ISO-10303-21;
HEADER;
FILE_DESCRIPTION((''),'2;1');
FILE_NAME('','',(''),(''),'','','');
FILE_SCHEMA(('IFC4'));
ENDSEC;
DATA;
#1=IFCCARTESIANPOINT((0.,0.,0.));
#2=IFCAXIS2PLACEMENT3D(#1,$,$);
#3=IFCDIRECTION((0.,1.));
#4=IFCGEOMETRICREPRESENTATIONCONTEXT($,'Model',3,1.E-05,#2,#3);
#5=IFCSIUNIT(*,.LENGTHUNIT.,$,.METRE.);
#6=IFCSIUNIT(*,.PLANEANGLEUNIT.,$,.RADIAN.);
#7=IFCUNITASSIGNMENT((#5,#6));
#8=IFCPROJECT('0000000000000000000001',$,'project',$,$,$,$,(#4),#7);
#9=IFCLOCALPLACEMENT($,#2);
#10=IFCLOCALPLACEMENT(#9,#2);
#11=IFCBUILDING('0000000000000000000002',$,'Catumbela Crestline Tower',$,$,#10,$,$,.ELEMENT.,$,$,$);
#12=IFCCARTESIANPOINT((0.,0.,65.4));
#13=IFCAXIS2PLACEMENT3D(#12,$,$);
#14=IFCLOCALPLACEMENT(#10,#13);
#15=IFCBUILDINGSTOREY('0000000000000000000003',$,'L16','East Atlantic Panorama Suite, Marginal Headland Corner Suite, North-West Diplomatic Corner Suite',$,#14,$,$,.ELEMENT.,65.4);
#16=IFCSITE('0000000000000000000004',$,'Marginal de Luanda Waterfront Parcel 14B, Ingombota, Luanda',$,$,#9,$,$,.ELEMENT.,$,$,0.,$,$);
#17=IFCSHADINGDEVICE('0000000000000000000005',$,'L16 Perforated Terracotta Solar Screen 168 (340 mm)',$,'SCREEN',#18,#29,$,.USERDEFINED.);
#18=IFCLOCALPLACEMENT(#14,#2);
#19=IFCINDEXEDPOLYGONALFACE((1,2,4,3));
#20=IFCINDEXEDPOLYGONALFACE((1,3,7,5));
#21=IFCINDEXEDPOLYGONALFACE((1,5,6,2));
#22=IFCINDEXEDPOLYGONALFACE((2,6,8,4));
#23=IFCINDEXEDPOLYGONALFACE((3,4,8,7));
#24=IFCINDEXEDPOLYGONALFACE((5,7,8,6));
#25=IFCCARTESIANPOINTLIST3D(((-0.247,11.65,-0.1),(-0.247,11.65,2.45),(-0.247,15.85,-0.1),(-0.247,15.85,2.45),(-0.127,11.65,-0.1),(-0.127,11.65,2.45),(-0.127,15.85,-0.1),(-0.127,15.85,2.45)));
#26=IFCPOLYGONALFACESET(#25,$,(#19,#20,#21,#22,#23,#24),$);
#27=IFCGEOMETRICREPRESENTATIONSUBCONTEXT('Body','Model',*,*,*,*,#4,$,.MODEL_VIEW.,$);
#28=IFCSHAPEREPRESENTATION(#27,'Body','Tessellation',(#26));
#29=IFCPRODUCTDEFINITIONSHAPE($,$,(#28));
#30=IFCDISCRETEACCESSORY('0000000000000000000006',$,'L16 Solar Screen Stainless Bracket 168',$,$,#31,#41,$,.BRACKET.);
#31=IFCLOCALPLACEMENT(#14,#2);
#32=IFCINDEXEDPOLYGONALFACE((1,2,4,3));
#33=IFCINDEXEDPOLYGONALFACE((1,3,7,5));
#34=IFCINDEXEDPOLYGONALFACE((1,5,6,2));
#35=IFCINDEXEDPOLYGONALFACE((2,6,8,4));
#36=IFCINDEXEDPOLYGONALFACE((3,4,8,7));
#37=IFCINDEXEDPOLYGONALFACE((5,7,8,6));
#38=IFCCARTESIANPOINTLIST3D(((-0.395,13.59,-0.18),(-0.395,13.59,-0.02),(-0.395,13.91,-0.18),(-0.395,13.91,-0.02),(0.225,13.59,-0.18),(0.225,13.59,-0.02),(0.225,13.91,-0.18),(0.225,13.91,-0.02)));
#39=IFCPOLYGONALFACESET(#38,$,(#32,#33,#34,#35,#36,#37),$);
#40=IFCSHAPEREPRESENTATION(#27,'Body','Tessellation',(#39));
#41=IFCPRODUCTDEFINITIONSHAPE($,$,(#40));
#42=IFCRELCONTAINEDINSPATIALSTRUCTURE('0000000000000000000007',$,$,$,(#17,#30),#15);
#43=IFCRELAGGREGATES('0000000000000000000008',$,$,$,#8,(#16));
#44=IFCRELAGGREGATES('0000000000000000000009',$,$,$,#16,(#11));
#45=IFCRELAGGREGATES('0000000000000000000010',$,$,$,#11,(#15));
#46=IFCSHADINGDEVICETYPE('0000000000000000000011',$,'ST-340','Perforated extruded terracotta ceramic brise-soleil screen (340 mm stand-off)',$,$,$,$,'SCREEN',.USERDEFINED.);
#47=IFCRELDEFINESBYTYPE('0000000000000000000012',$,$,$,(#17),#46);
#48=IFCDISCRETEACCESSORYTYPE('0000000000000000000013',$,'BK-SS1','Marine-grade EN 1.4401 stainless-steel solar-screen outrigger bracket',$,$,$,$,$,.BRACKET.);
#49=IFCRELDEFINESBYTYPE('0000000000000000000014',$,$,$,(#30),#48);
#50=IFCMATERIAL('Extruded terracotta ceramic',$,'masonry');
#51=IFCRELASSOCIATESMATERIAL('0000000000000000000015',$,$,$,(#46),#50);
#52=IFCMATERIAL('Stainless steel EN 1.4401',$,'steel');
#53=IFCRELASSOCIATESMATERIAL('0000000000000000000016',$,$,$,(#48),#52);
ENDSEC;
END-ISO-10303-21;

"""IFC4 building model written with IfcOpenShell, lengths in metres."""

from ifc_helpers import new_model, si_unit, direction, frame, origin, origin_2d, place, context, subcontext, project, spatial, rectangle, extrude, material, type_object, element, save


model = new_model("IFC4")

# Units and contexts
model_context = context("Model", 3, precision=1e-05, world=origin(), true_north=direction((0.0, 1.0)))
body_context = subcontext(model_context, "Body", "Model", "MODEL_VIEW")
ifc_project = project(units=[si_unit("LENGTHUNIT", "METRE"), si_unit("PLANEANGLEUNIT", "RADIAN")], contexts=[model_context])

# Site, building, storey
site_placement = place(None, origin())
site = spatial("IfcSite", under=ifc_project, at=site_placement, Name="Marginal de Luanda Waterfront Parcel 14B, Ingombota, Luanda", CompositionType="ELEMENT", RefElevation=0.0)
building_placement = place(site_placement, origin())
building = spatial("IfcBuilding", under=site, at=building_placement, Name="Catumbela Crestline Tower", CompositionType="ELEMENT")
storey_placement = place(building_placement, frame((0.0, 0.0, 65.4)))
storey = spatial("IfcBuildingStorey", under=building, at=storey_placement, Name="L16", Description="East Atlantic Panorama Suite, Marginal Headland Corner Suite, North-West Diplomatic Corner Suite", CompositionType="ELEMENT", Elevation=65.4)

# Shading device
ifc_material_1 = material(Name="Extruded terracotta ceramic", Category="masonry")
shading_device_type = type_object("IfcShadingDeviceType", Name="ST-340", Description="Perforated extruded terracotta ceramic brise-soleil screen (340 mm stand-off)", ElementType="SCREEN", PredefinedType="USERDEFINED", material=ifc_material_1)
shading_device_placement = place(storey_placement, frame((-0.187, 13.75, -0.1), z_axis=(0.0, 0.0, 1.0), x_axis=(0.0, -1.0, 0.0)))
element("IfcShadingDevice", 1, at=shading_device_placement, inside=storey, type_object=shading_device_type, Name="L16 Perforated Terracotta Solar Screen 168 (340 mm)", ObjectType="SCREEN", PredefinedType="USERDEFINED", context=body_context, shape_type="SweptSolid", body=[
    extrude(rectangle(XDim=4.2, YDim=0.12, at=origin_2d()), origin(), (0.0, 0.0, 1.0), 2.55),
])

# Discrete accessory
ifc_material_2 = material(Name="Stainless steel EN 1.4401", Category="steel")
discrete_accessory_type = type_object("IfcDiscreteAccessoryType", Name="BK-SS1", Description="Marine-grade EN 1.4401 stainless-steel solar-screen outrigger bracket", PredefinedType="BRACKET", material=ifc_material_2)
discrete_accessory_placement = place(storey_placement, frame((-0.085, 13.75, -0.18), z_axis=(0.0, 0.0, 1.0), x_axis=(0.0, -1.0, 0.0)))
element("IfcDiscreteAccessory", 2, at=discrete_accessory_placement, inside=storey, type_object=discrete_accessory_type, Name="L16 Solar Screen Stainless Bracket 168", PredefinedType="BRACKET", context=body_context, shape_type="SweptSolid", body=[
    extrude(rectangle(XDim=0.32, YDim=0.62, at=origin_2d()), origin(), (0.0, 0.0, 1.0), 0.16),
])

save(model, "model.ifc")
